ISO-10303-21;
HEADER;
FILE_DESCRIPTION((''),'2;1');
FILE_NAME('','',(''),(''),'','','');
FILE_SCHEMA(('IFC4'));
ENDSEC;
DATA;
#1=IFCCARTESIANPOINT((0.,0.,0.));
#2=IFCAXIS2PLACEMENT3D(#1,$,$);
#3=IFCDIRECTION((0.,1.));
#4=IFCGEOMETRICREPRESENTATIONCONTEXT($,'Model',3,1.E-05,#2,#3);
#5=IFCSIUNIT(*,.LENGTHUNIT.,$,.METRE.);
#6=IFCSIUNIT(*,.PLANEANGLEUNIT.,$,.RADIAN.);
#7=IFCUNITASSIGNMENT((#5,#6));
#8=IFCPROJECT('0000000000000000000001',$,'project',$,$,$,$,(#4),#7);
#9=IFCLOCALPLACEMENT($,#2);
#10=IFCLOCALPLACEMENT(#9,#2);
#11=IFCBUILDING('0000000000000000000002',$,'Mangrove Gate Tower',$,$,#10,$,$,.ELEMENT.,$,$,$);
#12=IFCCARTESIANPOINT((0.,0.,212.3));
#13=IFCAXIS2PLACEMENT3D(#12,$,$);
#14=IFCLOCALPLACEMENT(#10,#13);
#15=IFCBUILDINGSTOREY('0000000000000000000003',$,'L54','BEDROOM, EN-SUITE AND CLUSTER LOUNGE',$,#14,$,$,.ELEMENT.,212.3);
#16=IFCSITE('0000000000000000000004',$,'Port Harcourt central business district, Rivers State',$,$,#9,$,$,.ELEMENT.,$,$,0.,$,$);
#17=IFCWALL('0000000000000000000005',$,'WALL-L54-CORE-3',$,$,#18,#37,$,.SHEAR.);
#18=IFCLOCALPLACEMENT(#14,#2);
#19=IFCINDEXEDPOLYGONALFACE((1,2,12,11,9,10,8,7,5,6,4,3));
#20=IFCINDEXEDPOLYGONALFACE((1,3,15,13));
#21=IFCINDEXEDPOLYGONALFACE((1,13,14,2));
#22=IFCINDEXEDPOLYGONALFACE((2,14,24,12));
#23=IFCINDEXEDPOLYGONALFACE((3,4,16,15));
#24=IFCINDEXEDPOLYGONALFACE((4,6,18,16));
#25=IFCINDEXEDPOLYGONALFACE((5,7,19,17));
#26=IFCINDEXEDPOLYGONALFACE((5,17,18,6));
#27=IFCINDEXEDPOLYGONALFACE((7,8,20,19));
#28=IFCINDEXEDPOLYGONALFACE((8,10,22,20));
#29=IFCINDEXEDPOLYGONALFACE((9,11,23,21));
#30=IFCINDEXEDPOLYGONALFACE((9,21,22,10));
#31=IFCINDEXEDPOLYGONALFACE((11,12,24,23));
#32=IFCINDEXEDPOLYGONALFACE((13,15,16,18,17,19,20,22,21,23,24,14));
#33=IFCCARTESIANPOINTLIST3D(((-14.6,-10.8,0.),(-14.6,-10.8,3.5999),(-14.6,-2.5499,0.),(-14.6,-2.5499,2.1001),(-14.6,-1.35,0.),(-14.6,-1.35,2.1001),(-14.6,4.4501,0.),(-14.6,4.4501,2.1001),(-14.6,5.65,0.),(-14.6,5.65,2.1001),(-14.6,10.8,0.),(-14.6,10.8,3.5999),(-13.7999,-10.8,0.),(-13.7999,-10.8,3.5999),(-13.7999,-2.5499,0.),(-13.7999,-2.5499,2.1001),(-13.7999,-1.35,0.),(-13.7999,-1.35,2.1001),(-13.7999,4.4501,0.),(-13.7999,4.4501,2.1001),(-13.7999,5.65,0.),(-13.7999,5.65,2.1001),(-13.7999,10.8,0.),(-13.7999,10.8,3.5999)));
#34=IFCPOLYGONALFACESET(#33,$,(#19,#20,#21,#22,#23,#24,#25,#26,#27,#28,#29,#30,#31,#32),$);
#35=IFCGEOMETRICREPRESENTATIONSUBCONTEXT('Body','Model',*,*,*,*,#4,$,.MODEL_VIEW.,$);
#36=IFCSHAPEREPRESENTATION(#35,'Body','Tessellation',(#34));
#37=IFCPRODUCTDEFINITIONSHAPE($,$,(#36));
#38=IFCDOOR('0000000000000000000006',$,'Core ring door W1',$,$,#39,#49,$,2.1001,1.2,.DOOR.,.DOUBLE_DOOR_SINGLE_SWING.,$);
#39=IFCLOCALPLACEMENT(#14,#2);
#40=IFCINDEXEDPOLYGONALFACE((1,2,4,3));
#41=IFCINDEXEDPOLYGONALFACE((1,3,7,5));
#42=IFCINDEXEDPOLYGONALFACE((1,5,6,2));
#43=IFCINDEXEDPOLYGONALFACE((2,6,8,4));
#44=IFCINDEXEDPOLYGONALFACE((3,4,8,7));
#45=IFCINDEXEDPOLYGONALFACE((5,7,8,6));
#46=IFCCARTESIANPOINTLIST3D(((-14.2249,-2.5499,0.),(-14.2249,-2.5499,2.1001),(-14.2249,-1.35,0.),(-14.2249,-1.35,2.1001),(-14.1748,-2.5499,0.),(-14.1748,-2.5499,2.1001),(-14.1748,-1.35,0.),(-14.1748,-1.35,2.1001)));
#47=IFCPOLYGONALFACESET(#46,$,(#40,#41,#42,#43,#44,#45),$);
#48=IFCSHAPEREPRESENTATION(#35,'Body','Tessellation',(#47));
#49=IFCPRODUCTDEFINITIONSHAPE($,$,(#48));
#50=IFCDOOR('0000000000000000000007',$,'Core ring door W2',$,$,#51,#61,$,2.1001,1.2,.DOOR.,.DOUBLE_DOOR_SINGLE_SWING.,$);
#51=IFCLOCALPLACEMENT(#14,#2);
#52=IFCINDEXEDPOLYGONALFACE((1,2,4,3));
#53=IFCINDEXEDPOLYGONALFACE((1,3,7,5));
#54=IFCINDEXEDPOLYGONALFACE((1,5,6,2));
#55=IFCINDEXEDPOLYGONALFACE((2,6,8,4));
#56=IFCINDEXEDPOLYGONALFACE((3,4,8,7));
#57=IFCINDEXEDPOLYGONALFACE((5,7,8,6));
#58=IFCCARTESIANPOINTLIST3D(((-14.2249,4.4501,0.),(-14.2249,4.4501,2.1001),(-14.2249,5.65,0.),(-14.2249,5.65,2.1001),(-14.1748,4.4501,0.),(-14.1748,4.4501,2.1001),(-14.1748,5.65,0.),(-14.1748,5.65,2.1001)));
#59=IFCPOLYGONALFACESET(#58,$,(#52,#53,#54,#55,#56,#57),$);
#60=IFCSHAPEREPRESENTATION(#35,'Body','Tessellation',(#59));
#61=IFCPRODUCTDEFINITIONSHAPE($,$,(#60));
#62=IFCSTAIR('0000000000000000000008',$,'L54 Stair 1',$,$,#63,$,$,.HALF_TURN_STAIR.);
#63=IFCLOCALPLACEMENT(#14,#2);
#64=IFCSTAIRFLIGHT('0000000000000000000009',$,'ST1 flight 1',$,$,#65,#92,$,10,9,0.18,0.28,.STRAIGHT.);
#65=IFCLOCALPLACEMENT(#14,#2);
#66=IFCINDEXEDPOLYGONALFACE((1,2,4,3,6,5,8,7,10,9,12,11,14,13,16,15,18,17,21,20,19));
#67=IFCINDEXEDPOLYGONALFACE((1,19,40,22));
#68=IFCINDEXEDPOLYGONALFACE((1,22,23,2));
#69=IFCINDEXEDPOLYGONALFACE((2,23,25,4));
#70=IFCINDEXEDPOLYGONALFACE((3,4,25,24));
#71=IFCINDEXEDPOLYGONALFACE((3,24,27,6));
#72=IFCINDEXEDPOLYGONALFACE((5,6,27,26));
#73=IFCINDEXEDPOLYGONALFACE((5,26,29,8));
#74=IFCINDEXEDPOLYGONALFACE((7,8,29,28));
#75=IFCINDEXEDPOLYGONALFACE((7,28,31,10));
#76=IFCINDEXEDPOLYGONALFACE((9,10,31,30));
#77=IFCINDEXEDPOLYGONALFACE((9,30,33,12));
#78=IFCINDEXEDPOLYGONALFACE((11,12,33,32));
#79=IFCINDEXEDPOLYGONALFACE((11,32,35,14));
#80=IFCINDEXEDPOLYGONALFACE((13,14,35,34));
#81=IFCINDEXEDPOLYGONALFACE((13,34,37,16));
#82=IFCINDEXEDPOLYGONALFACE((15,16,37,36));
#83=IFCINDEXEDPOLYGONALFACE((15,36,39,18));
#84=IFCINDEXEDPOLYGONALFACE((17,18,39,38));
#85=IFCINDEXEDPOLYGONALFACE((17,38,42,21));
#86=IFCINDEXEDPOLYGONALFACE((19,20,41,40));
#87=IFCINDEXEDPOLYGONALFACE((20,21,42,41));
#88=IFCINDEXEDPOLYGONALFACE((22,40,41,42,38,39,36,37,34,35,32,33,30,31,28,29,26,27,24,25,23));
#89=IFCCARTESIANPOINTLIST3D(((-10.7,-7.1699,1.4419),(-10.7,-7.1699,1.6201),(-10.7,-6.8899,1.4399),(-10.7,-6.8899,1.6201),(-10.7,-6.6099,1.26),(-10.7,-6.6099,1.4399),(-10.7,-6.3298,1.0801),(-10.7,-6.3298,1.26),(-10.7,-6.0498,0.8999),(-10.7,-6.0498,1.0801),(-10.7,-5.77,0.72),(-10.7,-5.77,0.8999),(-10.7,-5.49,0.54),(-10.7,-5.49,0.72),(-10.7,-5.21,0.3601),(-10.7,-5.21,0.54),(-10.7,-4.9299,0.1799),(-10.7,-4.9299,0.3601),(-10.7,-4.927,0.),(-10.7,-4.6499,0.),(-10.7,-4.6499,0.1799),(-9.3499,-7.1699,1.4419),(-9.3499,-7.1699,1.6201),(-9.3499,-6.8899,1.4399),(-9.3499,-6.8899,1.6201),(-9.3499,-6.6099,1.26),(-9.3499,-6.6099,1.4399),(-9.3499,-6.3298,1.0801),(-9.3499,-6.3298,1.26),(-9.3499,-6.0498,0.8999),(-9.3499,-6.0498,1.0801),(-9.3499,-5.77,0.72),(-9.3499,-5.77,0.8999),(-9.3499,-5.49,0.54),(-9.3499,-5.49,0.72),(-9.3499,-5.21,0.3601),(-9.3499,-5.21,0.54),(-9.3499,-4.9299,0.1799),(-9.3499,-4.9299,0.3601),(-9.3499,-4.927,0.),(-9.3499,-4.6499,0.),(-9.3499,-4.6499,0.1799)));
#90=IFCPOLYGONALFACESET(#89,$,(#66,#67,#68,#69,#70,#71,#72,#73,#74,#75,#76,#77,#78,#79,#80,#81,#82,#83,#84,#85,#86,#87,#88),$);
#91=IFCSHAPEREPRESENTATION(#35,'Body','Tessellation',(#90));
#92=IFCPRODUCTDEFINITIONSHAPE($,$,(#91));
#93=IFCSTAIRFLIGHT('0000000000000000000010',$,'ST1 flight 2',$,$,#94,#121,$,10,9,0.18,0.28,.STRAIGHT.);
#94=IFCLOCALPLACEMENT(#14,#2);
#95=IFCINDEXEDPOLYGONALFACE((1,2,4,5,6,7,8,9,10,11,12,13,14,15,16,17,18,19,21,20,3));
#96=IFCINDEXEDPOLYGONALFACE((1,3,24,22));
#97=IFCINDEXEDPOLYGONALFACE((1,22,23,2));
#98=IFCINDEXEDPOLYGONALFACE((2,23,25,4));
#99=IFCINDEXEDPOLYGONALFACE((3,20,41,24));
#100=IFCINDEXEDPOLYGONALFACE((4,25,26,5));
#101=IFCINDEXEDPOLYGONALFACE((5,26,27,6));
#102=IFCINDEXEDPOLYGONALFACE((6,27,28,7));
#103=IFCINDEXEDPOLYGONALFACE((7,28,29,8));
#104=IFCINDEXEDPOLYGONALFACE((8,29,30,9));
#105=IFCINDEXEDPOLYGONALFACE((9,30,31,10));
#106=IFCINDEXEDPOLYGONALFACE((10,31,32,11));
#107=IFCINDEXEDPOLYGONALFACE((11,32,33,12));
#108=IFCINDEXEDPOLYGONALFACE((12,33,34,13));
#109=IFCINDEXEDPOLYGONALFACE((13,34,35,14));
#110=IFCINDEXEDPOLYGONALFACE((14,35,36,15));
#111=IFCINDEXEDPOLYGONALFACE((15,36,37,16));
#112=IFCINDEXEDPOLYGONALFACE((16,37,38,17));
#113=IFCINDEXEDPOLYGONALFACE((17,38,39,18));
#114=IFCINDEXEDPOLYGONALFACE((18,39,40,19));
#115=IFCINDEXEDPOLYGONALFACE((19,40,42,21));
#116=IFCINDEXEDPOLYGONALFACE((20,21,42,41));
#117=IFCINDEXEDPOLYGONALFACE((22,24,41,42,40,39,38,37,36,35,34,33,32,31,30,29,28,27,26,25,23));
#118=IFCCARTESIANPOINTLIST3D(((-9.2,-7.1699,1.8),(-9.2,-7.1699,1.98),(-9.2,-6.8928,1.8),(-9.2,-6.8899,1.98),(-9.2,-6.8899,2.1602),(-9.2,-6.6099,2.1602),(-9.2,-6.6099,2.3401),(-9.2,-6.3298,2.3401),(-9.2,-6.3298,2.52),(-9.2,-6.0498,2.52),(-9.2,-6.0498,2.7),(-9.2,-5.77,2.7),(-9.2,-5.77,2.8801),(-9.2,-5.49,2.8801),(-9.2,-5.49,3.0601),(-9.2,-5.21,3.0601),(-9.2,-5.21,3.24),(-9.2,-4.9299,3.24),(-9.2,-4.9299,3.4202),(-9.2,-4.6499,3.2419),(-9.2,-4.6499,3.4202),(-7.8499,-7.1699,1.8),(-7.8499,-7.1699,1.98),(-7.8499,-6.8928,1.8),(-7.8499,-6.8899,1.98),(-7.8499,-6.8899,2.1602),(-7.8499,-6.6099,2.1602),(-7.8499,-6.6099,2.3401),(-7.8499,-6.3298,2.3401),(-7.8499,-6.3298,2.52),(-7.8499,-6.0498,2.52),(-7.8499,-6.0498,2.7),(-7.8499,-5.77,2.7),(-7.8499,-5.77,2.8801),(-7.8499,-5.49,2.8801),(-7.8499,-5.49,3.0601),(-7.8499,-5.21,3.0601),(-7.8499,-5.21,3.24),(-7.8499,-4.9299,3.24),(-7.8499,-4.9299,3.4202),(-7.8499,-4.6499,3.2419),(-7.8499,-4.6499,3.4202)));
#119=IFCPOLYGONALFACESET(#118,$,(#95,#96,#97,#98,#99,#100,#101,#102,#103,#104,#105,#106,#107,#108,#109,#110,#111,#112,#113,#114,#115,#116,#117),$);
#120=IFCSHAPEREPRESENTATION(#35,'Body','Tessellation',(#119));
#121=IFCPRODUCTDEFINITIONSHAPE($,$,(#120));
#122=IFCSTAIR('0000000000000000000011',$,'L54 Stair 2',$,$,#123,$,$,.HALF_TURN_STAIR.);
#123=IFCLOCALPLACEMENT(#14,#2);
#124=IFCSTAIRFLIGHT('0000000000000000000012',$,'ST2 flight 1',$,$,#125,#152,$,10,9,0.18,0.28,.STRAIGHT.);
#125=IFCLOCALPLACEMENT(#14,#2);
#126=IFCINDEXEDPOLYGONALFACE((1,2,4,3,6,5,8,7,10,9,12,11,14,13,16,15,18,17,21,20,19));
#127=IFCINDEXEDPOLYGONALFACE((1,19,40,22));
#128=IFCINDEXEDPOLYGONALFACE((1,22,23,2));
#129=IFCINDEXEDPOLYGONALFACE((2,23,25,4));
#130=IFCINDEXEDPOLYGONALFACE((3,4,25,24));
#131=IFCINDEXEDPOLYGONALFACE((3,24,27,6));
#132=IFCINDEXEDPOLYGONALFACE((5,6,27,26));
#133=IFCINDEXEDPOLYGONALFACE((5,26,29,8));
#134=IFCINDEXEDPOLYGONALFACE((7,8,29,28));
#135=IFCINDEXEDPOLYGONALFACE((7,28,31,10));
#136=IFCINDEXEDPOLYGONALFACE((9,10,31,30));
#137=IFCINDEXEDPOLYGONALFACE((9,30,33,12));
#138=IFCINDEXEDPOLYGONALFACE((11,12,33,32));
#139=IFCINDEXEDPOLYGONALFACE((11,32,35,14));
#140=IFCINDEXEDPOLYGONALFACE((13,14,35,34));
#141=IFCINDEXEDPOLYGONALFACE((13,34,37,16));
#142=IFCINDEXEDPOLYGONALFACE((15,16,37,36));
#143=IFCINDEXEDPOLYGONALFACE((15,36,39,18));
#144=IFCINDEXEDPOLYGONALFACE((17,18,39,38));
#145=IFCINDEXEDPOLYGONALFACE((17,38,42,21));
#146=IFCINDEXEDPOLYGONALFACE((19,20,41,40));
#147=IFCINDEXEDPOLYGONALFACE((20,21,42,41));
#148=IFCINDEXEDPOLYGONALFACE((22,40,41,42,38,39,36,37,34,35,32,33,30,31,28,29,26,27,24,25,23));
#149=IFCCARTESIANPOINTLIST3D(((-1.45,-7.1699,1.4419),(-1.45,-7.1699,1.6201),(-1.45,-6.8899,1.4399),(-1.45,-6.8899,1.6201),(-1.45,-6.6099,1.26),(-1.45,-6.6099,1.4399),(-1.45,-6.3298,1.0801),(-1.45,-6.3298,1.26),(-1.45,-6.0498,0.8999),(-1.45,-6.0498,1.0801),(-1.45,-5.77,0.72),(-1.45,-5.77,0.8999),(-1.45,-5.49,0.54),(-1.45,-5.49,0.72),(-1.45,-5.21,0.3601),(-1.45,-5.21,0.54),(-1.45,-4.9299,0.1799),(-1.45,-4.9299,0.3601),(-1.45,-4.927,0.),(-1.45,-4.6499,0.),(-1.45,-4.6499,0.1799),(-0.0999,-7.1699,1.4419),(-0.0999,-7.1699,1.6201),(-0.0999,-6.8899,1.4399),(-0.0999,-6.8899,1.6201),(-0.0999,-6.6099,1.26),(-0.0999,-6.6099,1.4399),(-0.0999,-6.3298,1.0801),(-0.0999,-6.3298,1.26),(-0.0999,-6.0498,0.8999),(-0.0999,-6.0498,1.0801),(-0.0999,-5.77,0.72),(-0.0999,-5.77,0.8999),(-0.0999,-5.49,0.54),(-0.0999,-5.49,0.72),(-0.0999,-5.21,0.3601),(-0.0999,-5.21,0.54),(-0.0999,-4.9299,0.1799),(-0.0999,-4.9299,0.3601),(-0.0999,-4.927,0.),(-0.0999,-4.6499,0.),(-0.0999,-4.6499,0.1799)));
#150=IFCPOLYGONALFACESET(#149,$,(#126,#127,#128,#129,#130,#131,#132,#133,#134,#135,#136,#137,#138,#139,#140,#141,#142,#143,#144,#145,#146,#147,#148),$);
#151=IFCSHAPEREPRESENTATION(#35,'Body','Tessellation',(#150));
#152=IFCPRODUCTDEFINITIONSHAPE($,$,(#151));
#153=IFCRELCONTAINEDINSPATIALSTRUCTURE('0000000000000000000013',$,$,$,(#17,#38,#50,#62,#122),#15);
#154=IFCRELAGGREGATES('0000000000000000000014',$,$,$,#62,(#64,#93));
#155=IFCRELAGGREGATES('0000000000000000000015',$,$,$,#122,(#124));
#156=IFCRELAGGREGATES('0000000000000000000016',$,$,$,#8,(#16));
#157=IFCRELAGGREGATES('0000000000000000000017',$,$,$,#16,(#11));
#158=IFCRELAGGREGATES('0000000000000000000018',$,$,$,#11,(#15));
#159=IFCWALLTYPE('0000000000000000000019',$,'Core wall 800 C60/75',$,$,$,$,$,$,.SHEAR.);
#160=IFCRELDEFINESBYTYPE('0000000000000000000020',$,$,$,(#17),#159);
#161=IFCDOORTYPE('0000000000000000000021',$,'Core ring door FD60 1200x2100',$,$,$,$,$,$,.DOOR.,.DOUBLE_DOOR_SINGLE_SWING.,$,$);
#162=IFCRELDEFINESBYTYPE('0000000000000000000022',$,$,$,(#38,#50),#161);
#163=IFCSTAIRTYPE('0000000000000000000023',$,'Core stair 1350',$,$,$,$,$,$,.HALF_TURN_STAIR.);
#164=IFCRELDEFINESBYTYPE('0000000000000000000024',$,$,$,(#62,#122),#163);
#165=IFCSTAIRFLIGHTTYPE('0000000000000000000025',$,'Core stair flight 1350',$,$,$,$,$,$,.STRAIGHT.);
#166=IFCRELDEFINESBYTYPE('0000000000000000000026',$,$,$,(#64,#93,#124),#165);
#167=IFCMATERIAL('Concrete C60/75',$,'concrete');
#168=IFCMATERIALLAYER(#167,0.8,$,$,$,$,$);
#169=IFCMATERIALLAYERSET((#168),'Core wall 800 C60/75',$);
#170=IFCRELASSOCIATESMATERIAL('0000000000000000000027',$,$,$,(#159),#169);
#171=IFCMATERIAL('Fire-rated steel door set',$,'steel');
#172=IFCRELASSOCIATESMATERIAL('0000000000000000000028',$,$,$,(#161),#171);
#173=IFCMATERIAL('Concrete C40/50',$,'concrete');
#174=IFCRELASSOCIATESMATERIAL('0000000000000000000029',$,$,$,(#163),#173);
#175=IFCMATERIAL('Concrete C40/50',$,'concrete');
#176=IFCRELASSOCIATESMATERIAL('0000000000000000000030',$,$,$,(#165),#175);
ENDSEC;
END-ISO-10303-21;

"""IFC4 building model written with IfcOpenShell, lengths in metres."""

from ifc_helpers import new_model, si_unit, direction, frame, frame_2d, origin, place, context, subcontext, project, spatial, polyline, rectangle, outline, extrude, material, layer, layer_set, type_object, element, fill, aggregate, save


model = new_model("IFC4")

# Units and contexts
model_context = context("Model", 3, precision=1e-05, world=origin(), true_north=direction((0.0, 1.0)))
body_context = subcontext(model_context, "Body", "Model", "MODEL_VIEW")
ifc_project = project(units=[si_unit("LENGTHUNIT", "METRE"), si_unit("PLANEANGLEUNIT", "RADIAN")], contexts=[model_context])

# Site, building, storey
site_placement = place(None, origin())
site = spatial("IfcSite", under=ifc_project, at=site_placement, Name="Port Harcourt central business district, Rivers State", CompositionType="ELEMENT", RefElevation=0.0)
building_placement = place(site_placement, origin())
building = spatial("IfcBuilding", under=site, at=building_placement, Name="Mangrove Gate Tower", CompositionType="ELEMENT")
storey_placement = place(building_placement, frame((0.0, 0.0, 212.3)))
storey = spatial("IfcBuildingStorey", under=building, at=storey_placement, Name="L54", Description="BEDROOM, EN-SUITE AND CLUSTER LOUNGE", CompositionType="ELEMENT", Elevation=212.3)

# Shared definitions
ifc_material_1 = material(Name="Concrete C60/75", Category="concrete")
ifc_layer_1 = layer(ifc_material_1, 0.8)
ifc_layer_set_1 = layer_set([ifc_layer_1], Name="Core wall 800 C60/75")
wall_type_1 = type_object("IfcWallType", Name="Core wall 800 C60/75", PredefinedType="SHEAR", material=ifc_layer_set_1)

# Wall, openings, doors
wall_1_placement = place(storey_placement, frame((-14.2, -10.8, 0.0), z_axis=(0.0, 0.0, 1.0), x_axis=(0.0, 1.0, 0.0)))
wall_1 = element("IfcWall", 1, at=wall_1_placement, inside=storey, type_object=wall_type_1, Name="WALL-L54-CORE-3", PredefinedType="SHEAR", context=body_context, shape_type="SweptSolid", body=[
    extrude(rectangle(XDim=21.6001, YDim=0.8, at=frame_2d((10.8, 0.0))), origin(), (0.0, 0.0, 1.0), 3.5999),
])
opening_1_placement = place(wall_1_placement, frame((8.25, 0.0, 0.0)))
opening_1 = element("IfcOpeningElement", 2, at=opening_1_placement, cuts=wall_1, PredefinedType="OPENING", context=body_context, shape_type="SweptSolid", body=[
    extrude(rectangle(XDim=1.2, YDim=2.1001, at=frame_2d((0.6001, 1.05))), frame((0.0, 0.4099, 0.0), z_axis=(0.0, -1.0, 0.0), x_axis=(1.0, 0.0, 0.0)), (0.0, 0.0, 1.0), 0.8201),
])
opening_2_placement = place(wall_1_placement, frame((15.25, 0.0, 0.0)))
opening_2 = element("IfcOpeningElement", 3, at=opening_2_placement, cuts=wall_1, PredefinedType="OPENING", context=body_context, shape_type="SweptSolid", body=[
    extrude(rectangle(XDim=1.2, YDim=2.1001, at=frame_2d((0.6001, 1.05))), frame((0.0, 0.4099, 0.0), z_axis=(0.0, -1.0, 0.0), x_axis=(1.0, 0.0, 0.0)), (0.0, 0.0, 1.0), 0.8201),
])
ifc_material_2 = material(Name="Fire-rated steel door set", Category="steel")
door_type_1 = type_object("IfcDoorType", Name="Core ring door FD60 1200x2100", OperationType="DOUBLE_DOOR_SINGLE_SWING", PredefinedType="DOOR", material=ifc_material_2)
door_1_placement = place(opening_1_placement, origin())
door_1 = element("IfcDoor", 4, at=door_1_placement, inside=storey, type_object=door_type_1, Name="Core ring door W1", OperationType="DOUBLE_DOOR_SINGLE_SWING", OverallHeight=2.1001, OverallWidth=1.2, PredefinedType="DOOR", context=body_context, shape_type="SweptSolid", body=[
    extrude(rectangle(XDim=1.2, YDim=2.1001, at=frame_2d((0.6001, 1.05))), frame((0.0, 0.0249, 0.0), z_axis=(0.0, -1.0, 0.0), x_axis=(1.0, 0.0, 0.0)), (0.0, 0.0, 1.0), 0.05),
])
fill(opening_1, door_1)
door_2_placement = place(opening_2_placement, origin())
door_2 = element("IfcDoor", 5, at=door_2_placement, inside=storey, type_object=door_type_1, Name="Core ring door W2", OperationType="DOUBLE_DOOR_SINGLE_SWING", OverallHeight=2.1001, OverallWidth=1.2, PredefinedType="DOOR", context=body_context, shape_type="SweptSolid", body=[
    extrude(rectangle(XDim=1.2, YDim=2.1001, at=frame_2d((0.6001, 1.05))), frame((0.0, 0.0249, 0.0), z_axis=(0.0, -1.0, 0.0), x_axis=(1.0, 0.0, 0.0)), (0.0, 0.0, 1.0), 0.05),
])
fill(opening_2, door_2)

# Stair, stair flights
ifc_material_3 = material(Name="Concrete C40/50", Category="concrete")
stair_type = type_object("IfcStairType", Name="Core stair 1350", PredefinedType="HALF_TURN_STAIR", material=ifc_material_3)
stair_1_placement = place(storey_placement, origin())
stair_1 = element("IfcStair", 6, at=stair_1_placement, inside=storey, type_object=stair_type, Name="L54 Stair 1", PredefinedType="HALF_TURN_STAIR")
ifc_material_4 = material(Name="Concrete C40/50", Category="concrete")
stair_flight_type = type_object("IfcStairFlightType", Name="Core stair flight 1350", PredefinedType="STRAIGHT", material=ifc_material_4)
stair_flight_1_placement = place(storey_placement, frame((-10.0249, -4.6499, 0.0), z_axis=(0.0, 0.0, 1.0), x_axis=(0.0, -1.0, 0.0)))
stair_flight_1 = element("IfcStairFlight", 7, at=stair_flight_1_placement, type_object=stair_flight_type, Name="ST1 flight 1", NumberOfRisers=10, NumberOfTreads=9, PredefinedType="STRAIGHT", RiserHeight=0.18, TreadLength=0.28, context=body_context, shape_type="SweptSolid", body=[
    extrude(outline(polyline([(0.0, 0.0), (0.0, 0.1799), (0.28, 0.1799), (0.28, 0.3601), (0.5601, 0.3601), (0.5601, 0.54), (0.8401, 0.54), (0.8401, 0.72), (1.1201, 0.72), (1.1201, 0.8999), (1.3999, 0.8999), (1.3999, 1.0801), (1.6799, 1.0801), (1.6799, 1.26), (1.96, 1.26), (1.96, 1.4399), (2.24, 1.4399), (2.24, 1.6201), (2.52, 1.6201), (2.52, 1.8), (2.52, 1.4419), (0.2771, 0.0), (0.0, 0.0)])), frame((0.0, 0.675, 0.0), z_axis=(0.0, -1.0, 0.0), x_axis=(1.0, 0.0, 0.0)), (0.0, 0.0, 1.0), 1.3501),
])
stair_flight_2_placement = place(storey_placement, frame((-8.5249, -7.1699, 1.8), z_axis=(0.0, 0.0, 1.0), x_axis=(0.0, 1.0, 0.0)))
stair_flight_2 = element("IfcStairFlight", 8, at=stair_flight_2_placement, type_object=stair_flight_type, Name="ST1 flight 2", NumberOfRisers=10, NumberOfTreads=9, PredefinedType="STRAIGHT", RiserHeight=0.18, TreadLength=0.28, context=body_context, shape_type="SweptSolid", body=[
    extrude(outline(polyline([(0.0, 0.0), (0.0, 0.1799), (0.28, 0.1799), (0.28, 0.3601), (0.5601, 0.3601), (0.5601, 0.54), (0.8401, 0.54), (0.8401, 0.72), (1.1201, 0.72), (1.1201, 0.8999), (1.3999, 0.8999), (1.3999, 1.0801), (1.6799, 1.0801), (1.6799, 1.26), (1.96, 1.26), (1.96, 1.4399), (2.24, 1.4399), (2.24, 1.6201), (2.52, 1.6201), (2.52, 1.8), (2.52, 1.4419), (0.2771, 0.0), (0.0, 0.0)])), frame((0.0, 0.675, 0.0), z_axis=(0.0, -1.0, 0.0), x_axis=(1.0, 0.0, 0.0)), (0.0, 0.0, 1.0), 1.3501),
])
aggregate(stair_1, [stair_flight_1, stair_flight_2])

# Stair, stair flight
stair_2_placement = place(storey_placement, origin())
stair_2 = element("IfcStair", 9, at=stair_2_placement, inside=storey, type_object=stair_type, Name="L54 Stair 2", PredefinedType="HALF_TURN_STAIR")
stair_flight_3_placement = place(storey_placement, frame((-0.7749, -4.6499, 0.0), z_axis=(0.0, 0.0, 1.0), x_axis=(0.0, -1.0, 0.0)))
stair_flight_3 = element("IfcStairFlight", 10, at=stair_flight_3_placement, type_object=stair_flight_type, Name="ST2 flight 1", NumberOfRisers=10, NumberOfTreads=9, PredefinedType="STRAIGHT", RiserHeight=0.18, TreadLength=0.28, context=body_context, shape_type="SweptSolid", body=[
    extrude(outline(polyline([(0.0, 0.0), (0.0, 0.1799), (0.28, 0.1799), (0.28, 0.3601), (0.5601, 0.3601), (0.5601, 0.54), (0.8401, 0.54), (0.8401, 0.72), (1.1201, 0.72), (1.1201, 0.8999), (1.3999, 0.8999), (1.3999, 1.0801), (1.6799, 1.0801), (1.6799, 1.26), (1.96, 1.26), (1.96, 1.4399), (2.24, 1.4399), (2.24, 1.6201), (2.52, 1.6201), (2.52, 1.8), (2.52, 1.4419), (0.2771, 0.0), (0.0, 0.0)])), frame((0.0, 0.675, 0.0), z_axis=(0.0, -1.0, 0.0), x_axis=(1.0, 0.0, 0.0)), (0.0, 0.0, 1.0), 1.3501),
])
aggregate(stair_2, [stair_flight_3])

save(model, "model.ifc")
